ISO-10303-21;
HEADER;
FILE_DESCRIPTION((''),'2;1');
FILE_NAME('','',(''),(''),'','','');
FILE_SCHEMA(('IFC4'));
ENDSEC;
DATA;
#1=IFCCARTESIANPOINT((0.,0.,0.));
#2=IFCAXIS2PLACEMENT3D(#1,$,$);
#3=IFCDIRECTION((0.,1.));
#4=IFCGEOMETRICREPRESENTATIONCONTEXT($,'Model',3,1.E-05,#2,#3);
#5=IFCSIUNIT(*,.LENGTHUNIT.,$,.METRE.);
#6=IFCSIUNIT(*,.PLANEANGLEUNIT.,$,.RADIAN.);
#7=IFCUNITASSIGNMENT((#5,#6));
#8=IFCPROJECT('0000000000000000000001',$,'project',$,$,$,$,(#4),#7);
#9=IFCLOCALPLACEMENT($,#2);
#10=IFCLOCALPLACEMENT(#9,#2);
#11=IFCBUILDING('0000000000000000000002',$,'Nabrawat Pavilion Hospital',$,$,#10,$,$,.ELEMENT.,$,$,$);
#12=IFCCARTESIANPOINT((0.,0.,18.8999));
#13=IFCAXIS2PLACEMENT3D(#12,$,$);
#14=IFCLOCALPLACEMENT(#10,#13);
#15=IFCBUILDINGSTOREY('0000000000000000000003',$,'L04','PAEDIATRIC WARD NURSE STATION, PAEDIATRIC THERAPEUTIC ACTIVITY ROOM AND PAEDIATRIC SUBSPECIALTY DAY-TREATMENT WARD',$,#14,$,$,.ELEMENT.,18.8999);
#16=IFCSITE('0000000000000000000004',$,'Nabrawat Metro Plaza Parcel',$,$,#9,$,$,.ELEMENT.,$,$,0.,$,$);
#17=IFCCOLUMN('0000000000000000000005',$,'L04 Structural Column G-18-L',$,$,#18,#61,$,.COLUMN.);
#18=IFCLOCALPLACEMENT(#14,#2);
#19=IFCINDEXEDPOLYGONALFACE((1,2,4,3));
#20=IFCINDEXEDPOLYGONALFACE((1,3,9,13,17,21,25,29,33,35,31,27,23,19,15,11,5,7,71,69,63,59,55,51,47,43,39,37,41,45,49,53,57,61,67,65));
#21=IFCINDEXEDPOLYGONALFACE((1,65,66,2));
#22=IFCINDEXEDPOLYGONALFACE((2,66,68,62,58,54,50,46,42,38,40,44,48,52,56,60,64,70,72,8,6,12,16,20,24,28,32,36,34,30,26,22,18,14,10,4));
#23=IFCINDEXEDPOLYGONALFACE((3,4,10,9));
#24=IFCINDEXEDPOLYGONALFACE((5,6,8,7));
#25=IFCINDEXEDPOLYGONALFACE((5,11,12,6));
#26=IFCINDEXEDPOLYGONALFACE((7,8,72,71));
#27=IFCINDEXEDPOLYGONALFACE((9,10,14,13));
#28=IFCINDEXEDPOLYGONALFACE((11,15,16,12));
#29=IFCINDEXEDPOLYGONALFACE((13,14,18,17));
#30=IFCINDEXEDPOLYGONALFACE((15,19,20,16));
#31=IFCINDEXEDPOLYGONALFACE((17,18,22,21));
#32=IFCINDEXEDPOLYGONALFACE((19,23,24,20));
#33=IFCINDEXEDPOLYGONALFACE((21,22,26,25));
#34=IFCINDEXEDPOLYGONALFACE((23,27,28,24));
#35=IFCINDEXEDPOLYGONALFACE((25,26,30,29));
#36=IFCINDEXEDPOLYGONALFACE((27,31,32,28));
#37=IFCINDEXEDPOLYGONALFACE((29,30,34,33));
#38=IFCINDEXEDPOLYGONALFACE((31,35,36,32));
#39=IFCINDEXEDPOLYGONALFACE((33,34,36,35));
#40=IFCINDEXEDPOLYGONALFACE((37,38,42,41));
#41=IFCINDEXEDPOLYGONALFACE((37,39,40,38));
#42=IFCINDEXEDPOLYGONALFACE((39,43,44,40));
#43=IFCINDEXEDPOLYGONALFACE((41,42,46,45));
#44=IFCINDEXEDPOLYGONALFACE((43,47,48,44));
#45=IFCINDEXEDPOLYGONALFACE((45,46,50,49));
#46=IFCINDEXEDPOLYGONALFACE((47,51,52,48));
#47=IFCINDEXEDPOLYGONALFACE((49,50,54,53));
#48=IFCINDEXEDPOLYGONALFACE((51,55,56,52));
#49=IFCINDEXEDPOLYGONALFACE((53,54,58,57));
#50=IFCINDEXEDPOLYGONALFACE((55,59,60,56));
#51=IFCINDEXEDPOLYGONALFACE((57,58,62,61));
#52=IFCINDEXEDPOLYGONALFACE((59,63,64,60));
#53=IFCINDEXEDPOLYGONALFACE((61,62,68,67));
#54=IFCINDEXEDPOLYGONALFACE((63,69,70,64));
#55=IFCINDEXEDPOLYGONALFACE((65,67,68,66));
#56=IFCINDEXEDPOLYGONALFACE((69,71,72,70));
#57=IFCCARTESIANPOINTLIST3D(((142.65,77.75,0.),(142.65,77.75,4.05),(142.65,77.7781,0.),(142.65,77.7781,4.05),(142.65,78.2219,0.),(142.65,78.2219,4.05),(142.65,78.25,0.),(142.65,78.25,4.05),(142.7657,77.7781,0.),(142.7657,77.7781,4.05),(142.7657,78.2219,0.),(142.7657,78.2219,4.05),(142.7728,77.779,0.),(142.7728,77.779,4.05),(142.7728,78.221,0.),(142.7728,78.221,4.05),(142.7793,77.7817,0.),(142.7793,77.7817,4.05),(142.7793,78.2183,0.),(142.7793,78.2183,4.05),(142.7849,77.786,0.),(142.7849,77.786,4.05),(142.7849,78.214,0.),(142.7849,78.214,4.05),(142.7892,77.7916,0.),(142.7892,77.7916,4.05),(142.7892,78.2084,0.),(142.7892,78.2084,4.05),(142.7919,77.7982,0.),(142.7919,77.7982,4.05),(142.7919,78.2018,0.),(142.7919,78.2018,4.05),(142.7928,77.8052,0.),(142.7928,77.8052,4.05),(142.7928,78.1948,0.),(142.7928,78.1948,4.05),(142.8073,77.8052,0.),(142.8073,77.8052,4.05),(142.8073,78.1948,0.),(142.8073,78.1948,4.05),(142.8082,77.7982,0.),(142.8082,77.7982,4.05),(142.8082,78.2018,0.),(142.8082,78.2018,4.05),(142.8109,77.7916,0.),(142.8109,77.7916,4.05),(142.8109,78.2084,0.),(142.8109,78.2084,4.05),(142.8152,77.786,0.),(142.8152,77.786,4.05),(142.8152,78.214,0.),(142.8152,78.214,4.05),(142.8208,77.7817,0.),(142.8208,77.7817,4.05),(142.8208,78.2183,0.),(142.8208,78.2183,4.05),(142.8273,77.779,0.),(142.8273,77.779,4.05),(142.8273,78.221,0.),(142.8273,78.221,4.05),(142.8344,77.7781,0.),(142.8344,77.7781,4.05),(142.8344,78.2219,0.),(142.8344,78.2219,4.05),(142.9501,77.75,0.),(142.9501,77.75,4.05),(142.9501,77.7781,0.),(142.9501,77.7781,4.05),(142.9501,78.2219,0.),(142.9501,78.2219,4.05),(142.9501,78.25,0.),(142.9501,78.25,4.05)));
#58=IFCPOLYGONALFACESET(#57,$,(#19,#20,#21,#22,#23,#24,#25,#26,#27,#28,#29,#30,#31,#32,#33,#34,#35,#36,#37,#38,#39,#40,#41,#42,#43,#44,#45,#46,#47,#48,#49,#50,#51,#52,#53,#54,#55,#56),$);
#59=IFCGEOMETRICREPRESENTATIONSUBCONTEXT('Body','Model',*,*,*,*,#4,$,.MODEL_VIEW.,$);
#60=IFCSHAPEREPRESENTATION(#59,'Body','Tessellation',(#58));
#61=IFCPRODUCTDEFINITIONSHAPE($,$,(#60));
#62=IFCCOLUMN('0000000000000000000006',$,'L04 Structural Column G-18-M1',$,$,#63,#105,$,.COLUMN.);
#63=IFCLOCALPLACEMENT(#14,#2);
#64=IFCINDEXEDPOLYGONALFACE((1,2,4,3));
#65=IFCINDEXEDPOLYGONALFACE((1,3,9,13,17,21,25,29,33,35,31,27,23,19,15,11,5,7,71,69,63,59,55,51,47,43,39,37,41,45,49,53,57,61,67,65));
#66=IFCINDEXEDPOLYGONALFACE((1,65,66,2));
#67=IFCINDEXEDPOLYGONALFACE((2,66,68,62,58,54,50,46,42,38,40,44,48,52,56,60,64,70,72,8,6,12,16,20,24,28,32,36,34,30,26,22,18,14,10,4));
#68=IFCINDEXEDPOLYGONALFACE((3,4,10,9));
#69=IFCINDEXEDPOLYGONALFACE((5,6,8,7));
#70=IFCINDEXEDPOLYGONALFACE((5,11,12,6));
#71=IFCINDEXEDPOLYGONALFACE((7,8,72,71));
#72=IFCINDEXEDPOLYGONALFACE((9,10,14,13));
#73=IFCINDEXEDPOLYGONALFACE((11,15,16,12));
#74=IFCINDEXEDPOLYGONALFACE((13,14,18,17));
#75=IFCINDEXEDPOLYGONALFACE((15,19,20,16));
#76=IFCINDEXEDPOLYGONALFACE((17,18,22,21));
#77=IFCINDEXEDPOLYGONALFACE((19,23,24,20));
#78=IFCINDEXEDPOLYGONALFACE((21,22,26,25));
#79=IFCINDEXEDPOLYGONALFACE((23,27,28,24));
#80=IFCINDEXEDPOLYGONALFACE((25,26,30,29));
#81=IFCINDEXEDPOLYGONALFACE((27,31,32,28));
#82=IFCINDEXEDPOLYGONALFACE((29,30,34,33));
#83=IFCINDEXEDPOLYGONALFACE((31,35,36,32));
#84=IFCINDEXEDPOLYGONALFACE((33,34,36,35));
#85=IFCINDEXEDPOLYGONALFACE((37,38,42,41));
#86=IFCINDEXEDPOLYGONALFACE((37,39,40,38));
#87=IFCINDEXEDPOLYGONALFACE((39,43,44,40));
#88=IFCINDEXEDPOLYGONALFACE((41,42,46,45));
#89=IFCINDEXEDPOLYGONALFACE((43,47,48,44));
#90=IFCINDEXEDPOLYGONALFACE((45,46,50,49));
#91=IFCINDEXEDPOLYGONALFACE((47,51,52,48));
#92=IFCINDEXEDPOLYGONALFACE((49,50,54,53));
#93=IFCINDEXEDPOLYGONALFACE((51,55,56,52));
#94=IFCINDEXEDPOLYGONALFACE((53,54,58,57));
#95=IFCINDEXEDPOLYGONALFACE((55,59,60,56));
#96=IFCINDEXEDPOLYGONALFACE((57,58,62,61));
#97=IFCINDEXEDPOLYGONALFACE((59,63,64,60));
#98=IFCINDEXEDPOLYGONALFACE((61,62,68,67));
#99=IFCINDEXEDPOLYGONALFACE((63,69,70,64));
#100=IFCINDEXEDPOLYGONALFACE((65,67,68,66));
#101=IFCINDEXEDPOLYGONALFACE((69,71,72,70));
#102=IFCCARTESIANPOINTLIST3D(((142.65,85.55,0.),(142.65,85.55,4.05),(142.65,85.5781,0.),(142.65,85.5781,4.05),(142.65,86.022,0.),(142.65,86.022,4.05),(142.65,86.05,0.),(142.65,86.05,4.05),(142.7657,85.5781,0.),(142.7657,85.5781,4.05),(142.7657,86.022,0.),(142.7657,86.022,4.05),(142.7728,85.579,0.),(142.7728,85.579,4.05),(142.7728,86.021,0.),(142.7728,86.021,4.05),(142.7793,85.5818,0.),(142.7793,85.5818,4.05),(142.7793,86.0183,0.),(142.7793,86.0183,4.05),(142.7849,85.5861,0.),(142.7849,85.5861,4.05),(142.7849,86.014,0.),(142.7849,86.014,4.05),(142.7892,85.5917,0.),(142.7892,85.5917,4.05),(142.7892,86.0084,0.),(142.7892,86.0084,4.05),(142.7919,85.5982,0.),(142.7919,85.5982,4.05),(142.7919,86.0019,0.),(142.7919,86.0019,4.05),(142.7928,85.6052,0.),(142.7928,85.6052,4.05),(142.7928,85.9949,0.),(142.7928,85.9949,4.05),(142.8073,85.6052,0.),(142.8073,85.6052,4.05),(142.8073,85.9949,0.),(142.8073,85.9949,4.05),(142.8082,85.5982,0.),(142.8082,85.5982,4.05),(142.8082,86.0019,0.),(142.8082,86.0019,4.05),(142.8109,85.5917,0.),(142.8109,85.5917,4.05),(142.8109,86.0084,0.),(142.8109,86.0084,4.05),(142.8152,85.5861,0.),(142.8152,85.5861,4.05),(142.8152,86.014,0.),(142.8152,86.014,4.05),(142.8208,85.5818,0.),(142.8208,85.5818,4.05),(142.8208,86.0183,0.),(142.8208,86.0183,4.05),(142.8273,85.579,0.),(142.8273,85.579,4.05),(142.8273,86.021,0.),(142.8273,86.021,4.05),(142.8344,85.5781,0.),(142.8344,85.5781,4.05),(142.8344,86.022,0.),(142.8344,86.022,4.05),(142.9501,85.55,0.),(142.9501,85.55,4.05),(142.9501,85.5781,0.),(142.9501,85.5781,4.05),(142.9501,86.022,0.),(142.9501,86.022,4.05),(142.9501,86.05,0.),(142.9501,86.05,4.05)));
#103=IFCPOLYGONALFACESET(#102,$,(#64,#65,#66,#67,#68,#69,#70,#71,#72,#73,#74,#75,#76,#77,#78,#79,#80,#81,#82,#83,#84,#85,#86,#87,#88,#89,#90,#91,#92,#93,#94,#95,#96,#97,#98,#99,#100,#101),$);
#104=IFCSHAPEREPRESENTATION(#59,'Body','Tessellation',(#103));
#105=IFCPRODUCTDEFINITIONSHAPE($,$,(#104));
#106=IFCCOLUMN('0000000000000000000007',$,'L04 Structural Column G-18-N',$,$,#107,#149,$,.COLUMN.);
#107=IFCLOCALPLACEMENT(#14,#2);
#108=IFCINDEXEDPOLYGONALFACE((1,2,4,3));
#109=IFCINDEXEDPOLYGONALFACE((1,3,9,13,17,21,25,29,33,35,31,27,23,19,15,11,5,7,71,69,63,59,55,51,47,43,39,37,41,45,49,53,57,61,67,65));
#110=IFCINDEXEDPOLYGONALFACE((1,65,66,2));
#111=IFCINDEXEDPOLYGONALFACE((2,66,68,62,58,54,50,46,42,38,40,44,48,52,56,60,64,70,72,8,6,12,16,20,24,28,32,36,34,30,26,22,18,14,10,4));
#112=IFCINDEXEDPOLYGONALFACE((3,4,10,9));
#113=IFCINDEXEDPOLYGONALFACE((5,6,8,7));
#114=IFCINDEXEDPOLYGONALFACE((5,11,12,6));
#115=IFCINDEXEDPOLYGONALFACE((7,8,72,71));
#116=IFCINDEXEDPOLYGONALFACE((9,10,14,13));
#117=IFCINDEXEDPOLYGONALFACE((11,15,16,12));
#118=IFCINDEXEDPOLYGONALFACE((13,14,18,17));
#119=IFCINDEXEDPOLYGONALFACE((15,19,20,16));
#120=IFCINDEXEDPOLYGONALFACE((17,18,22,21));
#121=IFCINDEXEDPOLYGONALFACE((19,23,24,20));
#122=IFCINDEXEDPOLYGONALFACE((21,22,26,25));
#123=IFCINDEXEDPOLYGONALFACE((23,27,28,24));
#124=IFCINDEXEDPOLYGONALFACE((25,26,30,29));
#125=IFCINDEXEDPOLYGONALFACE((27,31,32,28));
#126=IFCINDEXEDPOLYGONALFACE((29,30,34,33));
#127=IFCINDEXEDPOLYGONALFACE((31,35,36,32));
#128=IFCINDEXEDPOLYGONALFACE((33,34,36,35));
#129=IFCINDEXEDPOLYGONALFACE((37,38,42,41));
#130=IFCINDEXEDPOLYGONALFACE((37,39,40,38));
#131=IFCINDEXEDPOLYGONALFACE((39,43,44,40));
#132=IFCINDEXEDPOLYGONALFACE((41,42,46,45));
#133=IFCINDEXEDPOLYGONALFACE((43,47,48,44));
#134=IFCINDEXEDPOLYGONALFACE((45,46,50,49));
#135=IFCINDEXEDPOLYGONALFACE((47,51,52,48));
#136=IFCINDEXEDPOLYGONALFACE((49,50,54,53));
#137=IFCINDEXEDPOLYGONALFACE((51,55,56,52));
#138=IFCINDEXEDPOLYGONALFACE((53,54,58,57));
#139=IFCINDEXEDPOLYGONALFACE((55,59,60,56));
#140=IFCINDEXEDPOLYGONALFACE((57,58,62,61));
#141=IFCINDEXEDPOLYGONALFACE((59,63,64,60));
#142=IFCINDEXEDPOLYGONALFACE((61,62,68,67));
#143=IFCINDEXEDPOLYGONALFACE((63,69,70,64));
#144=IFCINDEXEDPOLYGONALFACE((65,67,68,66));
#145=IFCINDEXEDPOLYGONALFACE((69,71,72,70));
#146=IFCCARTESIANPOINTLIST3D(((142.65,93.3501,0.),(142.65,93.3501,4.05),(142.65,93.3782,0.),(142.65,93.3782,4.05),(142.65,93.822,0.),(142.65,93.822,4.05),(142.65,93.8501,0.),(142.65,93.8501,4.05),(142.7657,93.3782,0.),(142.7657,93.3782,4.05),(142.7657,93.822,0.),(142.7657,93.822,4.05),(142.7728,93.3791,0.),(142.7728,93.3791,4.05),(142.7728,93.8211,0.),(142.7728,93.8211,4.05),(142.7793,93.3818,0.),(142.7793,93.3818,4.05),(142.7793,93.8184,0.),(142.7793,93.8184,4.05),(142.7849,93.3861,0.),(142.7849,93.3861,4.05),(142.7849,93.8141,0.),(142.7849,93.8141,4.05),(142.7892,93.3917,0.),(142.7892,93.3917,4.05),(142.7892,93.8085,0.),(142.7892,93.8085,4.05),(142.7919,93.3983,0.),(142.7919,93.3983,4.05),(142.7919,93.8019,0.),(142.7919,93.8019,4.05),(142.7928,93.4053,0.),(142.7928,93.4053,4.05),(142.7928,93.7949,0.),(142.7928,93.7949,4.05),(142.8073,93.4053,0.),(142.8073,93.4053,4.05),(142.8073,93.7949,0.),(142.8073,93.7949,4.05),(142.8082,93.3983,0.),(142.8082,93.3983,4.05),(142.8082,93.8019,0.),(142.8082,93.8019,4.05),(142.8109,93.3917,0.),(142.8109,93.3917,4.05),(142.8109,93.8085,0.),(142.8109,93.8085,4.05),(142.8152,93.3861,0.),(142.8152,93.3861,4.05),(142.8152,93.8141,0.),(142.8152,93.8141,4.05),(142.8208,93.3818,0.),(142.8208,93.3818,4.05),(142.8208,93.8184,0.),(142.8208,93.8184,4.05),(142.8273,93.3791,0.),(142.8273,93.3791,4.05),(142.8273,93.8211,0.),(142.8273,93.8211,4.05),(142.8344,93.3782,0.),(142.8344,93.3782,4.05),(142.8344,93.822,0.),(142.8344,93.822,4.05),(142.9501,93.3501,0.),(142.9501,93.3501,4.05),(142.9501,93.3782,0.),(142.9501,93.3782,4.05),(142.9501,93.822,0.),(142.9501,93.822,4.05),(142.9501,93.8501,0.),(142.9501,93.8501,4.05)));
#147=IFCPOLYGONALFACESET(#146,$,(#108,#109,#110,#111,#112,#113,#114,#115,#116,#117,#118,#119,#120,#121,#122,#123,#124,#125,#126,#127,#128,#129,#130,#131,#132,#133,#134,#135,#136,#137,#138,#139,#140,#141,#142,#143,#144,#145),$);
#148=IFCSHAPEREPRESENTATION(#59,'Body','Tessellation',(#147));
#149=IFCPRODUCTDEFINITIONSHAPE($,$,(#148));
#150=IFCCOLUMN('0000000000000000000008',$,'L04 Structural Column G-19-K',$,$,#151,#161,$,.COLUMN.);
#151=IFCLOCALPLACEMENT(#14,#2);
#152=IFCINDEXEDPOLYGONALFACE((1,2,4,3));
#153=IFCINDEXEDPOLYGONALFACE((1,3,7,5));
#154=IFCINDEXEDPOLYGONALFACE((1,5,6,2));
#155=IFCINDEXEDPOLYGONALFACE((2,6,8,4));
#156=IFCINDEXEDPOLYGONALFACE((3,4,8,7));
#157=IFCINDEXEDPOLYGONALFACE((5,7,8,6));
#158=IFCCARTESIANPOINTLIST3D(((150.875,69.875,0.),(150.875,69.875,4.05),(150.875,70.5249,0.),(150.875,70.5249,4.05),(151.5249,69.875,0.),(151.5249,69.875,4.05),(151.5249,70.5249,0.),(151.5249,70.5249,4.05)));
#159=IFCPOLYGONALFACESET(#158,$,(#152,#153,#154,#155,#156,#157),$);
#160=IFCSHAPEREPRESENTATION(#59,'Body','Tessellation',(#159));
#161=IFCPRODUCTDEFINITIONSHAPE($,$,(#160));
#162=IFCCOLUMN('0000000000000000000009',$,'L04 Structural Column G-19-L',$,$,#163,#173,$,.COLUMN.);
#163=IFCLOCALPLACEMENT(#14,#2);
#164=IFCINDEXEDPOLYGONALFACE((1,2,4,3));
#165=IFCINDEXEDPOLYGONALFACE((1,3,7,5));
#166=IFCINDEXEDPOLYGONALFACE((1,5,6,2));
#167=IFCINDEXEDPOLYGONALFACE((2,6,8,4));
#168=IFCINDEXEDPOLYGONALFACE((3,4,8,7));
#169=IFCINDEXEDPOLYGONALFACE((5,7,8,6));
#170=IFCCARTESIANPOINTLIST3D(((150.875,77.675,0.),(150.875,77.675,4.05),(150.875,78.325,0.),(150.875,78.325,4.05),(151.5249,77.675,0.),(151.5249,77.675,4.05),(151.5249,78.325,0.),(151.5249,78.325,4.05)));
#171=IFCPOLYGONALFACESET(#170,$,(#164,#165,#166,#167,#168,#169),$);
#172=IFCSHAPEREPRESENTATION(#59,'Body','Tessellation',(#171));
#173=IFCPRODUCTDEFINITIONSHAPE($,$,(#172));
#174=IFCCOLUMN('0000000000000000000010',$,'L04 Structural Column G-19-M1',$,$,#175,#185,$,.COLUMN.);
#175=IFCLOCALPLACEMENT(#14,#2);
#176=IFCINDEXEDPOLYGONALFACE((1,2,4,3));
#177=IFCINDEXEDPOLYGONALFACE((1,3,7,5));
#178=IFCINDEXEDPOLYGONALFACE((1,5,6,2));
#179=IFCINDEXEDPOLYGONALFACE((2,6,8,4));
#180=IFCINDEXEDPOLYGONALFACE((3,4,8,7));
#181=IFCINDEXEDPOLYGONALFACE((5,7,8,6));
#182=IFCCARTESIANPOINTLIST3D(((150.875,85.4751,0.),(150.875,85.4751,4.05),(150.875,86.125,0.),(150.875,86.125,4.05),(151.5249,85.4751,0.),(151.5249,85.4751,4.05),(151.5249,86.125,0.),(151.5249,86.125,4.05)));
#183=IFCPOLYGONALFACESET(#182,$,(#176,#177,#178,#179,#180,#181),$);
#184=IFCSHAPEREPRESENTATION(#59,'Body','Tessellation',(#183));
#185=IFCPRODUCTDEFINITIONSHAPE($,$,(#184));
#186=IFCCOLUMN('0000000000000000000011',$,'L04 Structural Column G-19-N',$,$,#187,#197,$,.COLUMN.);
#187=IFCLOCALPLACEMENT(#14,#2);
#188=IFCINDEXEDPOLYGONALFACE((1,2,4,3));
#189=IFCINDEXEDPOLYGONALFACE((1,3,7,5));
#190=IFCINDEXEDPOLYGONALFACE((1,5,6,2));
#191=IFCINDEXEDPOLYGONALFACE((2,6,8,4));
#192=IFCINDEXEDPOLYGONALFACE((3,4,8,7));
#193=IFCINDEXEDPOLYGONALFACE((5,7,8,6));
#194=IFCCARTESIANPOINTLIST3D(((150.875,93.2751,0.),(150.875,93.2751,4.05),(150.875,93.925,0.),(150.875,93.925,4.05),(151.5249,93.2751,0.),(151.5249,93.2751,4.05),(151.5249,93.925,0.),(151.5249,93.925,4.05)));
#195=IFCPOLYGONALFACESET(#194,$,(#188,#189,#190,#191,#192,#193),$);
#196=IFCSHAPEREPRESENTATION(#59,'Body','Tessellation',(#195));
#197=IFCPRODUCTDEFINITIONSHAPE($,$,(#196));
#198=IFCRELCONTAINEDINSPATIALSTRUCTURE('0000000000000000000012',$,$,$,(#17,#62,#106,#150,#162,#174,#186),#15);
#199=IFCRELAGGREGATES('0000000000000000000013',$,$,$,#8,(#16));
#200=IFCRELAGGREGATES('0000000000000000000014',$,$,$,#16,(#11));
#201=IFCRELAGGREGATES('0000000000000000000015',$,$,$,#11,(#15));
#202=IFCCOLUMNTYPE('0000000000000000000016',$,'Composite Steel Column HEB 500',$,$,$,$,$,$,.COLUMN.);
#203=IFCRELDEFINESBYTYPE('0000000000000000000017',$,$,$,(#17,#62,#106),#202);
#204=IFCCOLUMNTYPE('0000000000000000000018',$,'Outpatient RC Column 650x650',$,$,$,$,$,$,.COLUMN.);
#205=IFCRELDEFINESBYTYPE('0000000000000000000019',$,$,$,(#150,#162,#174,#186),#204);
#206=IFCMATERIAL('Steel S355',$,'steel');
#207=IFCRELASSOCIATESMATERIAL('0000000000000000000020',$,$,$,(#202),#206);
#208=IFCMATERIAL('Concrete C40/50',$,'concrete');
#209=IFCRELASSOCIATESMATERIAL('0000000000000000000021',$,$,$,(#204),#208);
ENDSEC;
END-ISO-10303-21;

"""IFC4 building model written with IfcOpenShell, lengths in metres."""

from ifc_helpers import new_model, si_unit, direction, frame, origin, origin_2d, place, context, subcontext, project, spatial, rectangle, i_section, extrude, material, material_profile, profile_set, type_object, element, save


model = new_model("IFC4")

# Units and contexts
model_context = context("Model", 3, precision=1e-05, world=origin(), true_north=direction((0.0, 1.0)))
body_context = subcontext(model_context, "Body", "Model", "MODEL_VIEW")
ifc_project = project(units=[si_unit("LENGTHUNIT", "METRE"), si_unit("PLANEANGLEUNIT", "RADIAN")], contexts=[model_context])

# Site, building, storey
site_placement = place(None, origin())
site = spatial("IfcSite", under=ifc_project, at=site_placement, Name="Nabrawat Metro Plaza Parcel", CompositionType="ELEMENT", RefElevation=0.0)
building_placement = place(site_placement, origin())
building = spatial("IfcBuilding", under=site, at=building_placement, Name="Nabrawat Pavilion Hospital", CompositionType="ELEMENT")
storey_placement = place(building_placement, frame((0.0, 0.0, 18.8999)))
storey = spatial("IfcBuildingStorey", under=building, at=storey_placement, Name="L04", Description="PAEDIATRIC WARD NURSE STATION, PAEDIATRIC THERAPEUTIC ACTIVITY ROOM AND PAEDIATRIC SUBSPECIALTY DAY-TREATMENT WARD", CompositionType="ELEMENT", Elevation=18.8999)

# Columns
ifc_material_1 = material(Name="Steel S355", Category="steel")
ifc_material_profile_1 = material_profile(ifc_material_1, i_section(OverallWidth=0.3, OverallDepth=0.5, WebThickness=0.0144, FlangeThickness=0.0281, FilletRadius=0.0271, at=origin_2d()), Name="HEB 500")
ifc_profile_set_1 = profile_set([ifc_material_profile_1], Name="Steel S355")
column_type_1 = type_object("IfcColumnType", Name="Composite Steel Column HEB 500", PredefinedType="COLUMN", material=ifc_profile_set_1)
for number, where, z_axis, x_axis, name in (
    (1, (142.8, 78.0, 0.0), (0.0, 0.0, 1.0), (1.0, 0.0, 0.0), "L04 Structural Column G-18-L"),
    (2, (142.8, 85.8, 0.0), (0.0, 0.0, 1.0), (1.0, 0.0, 0.0), "L04 Structural Column G-18-M1"),
    (3, (142.8, 93.6001, 0.0), (0.0, 0.0, 1.0), (1.0, 0.0, 0.0), "L04 Structural Column G-18-N"),
):
    element("IfcColumn", number, at=place(storey_placement, frame(where, z_axis=z_axis, x_axis=x_axis)), inside=storey, type_object=column_type_1, Name=name, PredefinedType="COLUMN", context=body_context, shape_type="SweptSolid", body=[
        extrude(i_section(OverallWidth=0.3, OverallDepth=0.5, WebThickness=0.0144, FlangeThickness=0.0281, FilletRadius=0.0271, at=origin_2d()), origin(), (0.0, 0.0, 1.0), 4.05),
    ])
ifc_material_2 = material(Name="Concrete C40/50", Category="concrete")
ifc_material_profile_2 = material_profile(ifc_material_2, rectangle(XDim=0.6499, YDim=0.6499, at=origin_2d()), Name="RC 650x650")
ifc_profile_set_2 = profile_set([ifc_material_profile_2], Name="Concrete C40/50")
column_type_2 = type_object("IfcColumnType", Name="Outpatient RC Column 650x650", PredefinedType="COLUMN", material=ifc_profile_set_2)
for number, where, z_axis, x_axis, name in (
    (4, (151.2, 70.2, 0.0), (0.0, 0.0, 1.0), (1.0, 0.0, 0.0), "L04 Structural Column G-19-K"),
    (5, (151.2, 78.0, 0.0), (0.0, 0.0, 1.0), (1.0, 0.0, 0.0), "L04 Structural Column G-19-L"),
    (6, (151.2, 85.8, 0.0), (0.0, 0.0, 1.0), (1.0, 0.0, 0.0), "L04 Structural Column G-19-M1"),
    (7, (151.2, 93.6001, 0.0), (0.0, 0.0, 1.0), (1.0, 0.0, 0.0), "L04 Structural Column G-19-N"),
):
    element("IfcColumn", number, at=place(storey_placement, frame(where, z_axis=z_axis, x_axis=x_axis)), inside=storey, type_object=column_type_2, Name=name, PredefinedType="COLUMN", context=body_context, shape_type="SweptSolid", body=[
        extrude(rectangle(XDim=0.6499, YDim=0.6499, at=origin_2d()), origin(), (0.0, 0.0, 1.0), 4.05),
    ])

save(model, "model.ifc")
